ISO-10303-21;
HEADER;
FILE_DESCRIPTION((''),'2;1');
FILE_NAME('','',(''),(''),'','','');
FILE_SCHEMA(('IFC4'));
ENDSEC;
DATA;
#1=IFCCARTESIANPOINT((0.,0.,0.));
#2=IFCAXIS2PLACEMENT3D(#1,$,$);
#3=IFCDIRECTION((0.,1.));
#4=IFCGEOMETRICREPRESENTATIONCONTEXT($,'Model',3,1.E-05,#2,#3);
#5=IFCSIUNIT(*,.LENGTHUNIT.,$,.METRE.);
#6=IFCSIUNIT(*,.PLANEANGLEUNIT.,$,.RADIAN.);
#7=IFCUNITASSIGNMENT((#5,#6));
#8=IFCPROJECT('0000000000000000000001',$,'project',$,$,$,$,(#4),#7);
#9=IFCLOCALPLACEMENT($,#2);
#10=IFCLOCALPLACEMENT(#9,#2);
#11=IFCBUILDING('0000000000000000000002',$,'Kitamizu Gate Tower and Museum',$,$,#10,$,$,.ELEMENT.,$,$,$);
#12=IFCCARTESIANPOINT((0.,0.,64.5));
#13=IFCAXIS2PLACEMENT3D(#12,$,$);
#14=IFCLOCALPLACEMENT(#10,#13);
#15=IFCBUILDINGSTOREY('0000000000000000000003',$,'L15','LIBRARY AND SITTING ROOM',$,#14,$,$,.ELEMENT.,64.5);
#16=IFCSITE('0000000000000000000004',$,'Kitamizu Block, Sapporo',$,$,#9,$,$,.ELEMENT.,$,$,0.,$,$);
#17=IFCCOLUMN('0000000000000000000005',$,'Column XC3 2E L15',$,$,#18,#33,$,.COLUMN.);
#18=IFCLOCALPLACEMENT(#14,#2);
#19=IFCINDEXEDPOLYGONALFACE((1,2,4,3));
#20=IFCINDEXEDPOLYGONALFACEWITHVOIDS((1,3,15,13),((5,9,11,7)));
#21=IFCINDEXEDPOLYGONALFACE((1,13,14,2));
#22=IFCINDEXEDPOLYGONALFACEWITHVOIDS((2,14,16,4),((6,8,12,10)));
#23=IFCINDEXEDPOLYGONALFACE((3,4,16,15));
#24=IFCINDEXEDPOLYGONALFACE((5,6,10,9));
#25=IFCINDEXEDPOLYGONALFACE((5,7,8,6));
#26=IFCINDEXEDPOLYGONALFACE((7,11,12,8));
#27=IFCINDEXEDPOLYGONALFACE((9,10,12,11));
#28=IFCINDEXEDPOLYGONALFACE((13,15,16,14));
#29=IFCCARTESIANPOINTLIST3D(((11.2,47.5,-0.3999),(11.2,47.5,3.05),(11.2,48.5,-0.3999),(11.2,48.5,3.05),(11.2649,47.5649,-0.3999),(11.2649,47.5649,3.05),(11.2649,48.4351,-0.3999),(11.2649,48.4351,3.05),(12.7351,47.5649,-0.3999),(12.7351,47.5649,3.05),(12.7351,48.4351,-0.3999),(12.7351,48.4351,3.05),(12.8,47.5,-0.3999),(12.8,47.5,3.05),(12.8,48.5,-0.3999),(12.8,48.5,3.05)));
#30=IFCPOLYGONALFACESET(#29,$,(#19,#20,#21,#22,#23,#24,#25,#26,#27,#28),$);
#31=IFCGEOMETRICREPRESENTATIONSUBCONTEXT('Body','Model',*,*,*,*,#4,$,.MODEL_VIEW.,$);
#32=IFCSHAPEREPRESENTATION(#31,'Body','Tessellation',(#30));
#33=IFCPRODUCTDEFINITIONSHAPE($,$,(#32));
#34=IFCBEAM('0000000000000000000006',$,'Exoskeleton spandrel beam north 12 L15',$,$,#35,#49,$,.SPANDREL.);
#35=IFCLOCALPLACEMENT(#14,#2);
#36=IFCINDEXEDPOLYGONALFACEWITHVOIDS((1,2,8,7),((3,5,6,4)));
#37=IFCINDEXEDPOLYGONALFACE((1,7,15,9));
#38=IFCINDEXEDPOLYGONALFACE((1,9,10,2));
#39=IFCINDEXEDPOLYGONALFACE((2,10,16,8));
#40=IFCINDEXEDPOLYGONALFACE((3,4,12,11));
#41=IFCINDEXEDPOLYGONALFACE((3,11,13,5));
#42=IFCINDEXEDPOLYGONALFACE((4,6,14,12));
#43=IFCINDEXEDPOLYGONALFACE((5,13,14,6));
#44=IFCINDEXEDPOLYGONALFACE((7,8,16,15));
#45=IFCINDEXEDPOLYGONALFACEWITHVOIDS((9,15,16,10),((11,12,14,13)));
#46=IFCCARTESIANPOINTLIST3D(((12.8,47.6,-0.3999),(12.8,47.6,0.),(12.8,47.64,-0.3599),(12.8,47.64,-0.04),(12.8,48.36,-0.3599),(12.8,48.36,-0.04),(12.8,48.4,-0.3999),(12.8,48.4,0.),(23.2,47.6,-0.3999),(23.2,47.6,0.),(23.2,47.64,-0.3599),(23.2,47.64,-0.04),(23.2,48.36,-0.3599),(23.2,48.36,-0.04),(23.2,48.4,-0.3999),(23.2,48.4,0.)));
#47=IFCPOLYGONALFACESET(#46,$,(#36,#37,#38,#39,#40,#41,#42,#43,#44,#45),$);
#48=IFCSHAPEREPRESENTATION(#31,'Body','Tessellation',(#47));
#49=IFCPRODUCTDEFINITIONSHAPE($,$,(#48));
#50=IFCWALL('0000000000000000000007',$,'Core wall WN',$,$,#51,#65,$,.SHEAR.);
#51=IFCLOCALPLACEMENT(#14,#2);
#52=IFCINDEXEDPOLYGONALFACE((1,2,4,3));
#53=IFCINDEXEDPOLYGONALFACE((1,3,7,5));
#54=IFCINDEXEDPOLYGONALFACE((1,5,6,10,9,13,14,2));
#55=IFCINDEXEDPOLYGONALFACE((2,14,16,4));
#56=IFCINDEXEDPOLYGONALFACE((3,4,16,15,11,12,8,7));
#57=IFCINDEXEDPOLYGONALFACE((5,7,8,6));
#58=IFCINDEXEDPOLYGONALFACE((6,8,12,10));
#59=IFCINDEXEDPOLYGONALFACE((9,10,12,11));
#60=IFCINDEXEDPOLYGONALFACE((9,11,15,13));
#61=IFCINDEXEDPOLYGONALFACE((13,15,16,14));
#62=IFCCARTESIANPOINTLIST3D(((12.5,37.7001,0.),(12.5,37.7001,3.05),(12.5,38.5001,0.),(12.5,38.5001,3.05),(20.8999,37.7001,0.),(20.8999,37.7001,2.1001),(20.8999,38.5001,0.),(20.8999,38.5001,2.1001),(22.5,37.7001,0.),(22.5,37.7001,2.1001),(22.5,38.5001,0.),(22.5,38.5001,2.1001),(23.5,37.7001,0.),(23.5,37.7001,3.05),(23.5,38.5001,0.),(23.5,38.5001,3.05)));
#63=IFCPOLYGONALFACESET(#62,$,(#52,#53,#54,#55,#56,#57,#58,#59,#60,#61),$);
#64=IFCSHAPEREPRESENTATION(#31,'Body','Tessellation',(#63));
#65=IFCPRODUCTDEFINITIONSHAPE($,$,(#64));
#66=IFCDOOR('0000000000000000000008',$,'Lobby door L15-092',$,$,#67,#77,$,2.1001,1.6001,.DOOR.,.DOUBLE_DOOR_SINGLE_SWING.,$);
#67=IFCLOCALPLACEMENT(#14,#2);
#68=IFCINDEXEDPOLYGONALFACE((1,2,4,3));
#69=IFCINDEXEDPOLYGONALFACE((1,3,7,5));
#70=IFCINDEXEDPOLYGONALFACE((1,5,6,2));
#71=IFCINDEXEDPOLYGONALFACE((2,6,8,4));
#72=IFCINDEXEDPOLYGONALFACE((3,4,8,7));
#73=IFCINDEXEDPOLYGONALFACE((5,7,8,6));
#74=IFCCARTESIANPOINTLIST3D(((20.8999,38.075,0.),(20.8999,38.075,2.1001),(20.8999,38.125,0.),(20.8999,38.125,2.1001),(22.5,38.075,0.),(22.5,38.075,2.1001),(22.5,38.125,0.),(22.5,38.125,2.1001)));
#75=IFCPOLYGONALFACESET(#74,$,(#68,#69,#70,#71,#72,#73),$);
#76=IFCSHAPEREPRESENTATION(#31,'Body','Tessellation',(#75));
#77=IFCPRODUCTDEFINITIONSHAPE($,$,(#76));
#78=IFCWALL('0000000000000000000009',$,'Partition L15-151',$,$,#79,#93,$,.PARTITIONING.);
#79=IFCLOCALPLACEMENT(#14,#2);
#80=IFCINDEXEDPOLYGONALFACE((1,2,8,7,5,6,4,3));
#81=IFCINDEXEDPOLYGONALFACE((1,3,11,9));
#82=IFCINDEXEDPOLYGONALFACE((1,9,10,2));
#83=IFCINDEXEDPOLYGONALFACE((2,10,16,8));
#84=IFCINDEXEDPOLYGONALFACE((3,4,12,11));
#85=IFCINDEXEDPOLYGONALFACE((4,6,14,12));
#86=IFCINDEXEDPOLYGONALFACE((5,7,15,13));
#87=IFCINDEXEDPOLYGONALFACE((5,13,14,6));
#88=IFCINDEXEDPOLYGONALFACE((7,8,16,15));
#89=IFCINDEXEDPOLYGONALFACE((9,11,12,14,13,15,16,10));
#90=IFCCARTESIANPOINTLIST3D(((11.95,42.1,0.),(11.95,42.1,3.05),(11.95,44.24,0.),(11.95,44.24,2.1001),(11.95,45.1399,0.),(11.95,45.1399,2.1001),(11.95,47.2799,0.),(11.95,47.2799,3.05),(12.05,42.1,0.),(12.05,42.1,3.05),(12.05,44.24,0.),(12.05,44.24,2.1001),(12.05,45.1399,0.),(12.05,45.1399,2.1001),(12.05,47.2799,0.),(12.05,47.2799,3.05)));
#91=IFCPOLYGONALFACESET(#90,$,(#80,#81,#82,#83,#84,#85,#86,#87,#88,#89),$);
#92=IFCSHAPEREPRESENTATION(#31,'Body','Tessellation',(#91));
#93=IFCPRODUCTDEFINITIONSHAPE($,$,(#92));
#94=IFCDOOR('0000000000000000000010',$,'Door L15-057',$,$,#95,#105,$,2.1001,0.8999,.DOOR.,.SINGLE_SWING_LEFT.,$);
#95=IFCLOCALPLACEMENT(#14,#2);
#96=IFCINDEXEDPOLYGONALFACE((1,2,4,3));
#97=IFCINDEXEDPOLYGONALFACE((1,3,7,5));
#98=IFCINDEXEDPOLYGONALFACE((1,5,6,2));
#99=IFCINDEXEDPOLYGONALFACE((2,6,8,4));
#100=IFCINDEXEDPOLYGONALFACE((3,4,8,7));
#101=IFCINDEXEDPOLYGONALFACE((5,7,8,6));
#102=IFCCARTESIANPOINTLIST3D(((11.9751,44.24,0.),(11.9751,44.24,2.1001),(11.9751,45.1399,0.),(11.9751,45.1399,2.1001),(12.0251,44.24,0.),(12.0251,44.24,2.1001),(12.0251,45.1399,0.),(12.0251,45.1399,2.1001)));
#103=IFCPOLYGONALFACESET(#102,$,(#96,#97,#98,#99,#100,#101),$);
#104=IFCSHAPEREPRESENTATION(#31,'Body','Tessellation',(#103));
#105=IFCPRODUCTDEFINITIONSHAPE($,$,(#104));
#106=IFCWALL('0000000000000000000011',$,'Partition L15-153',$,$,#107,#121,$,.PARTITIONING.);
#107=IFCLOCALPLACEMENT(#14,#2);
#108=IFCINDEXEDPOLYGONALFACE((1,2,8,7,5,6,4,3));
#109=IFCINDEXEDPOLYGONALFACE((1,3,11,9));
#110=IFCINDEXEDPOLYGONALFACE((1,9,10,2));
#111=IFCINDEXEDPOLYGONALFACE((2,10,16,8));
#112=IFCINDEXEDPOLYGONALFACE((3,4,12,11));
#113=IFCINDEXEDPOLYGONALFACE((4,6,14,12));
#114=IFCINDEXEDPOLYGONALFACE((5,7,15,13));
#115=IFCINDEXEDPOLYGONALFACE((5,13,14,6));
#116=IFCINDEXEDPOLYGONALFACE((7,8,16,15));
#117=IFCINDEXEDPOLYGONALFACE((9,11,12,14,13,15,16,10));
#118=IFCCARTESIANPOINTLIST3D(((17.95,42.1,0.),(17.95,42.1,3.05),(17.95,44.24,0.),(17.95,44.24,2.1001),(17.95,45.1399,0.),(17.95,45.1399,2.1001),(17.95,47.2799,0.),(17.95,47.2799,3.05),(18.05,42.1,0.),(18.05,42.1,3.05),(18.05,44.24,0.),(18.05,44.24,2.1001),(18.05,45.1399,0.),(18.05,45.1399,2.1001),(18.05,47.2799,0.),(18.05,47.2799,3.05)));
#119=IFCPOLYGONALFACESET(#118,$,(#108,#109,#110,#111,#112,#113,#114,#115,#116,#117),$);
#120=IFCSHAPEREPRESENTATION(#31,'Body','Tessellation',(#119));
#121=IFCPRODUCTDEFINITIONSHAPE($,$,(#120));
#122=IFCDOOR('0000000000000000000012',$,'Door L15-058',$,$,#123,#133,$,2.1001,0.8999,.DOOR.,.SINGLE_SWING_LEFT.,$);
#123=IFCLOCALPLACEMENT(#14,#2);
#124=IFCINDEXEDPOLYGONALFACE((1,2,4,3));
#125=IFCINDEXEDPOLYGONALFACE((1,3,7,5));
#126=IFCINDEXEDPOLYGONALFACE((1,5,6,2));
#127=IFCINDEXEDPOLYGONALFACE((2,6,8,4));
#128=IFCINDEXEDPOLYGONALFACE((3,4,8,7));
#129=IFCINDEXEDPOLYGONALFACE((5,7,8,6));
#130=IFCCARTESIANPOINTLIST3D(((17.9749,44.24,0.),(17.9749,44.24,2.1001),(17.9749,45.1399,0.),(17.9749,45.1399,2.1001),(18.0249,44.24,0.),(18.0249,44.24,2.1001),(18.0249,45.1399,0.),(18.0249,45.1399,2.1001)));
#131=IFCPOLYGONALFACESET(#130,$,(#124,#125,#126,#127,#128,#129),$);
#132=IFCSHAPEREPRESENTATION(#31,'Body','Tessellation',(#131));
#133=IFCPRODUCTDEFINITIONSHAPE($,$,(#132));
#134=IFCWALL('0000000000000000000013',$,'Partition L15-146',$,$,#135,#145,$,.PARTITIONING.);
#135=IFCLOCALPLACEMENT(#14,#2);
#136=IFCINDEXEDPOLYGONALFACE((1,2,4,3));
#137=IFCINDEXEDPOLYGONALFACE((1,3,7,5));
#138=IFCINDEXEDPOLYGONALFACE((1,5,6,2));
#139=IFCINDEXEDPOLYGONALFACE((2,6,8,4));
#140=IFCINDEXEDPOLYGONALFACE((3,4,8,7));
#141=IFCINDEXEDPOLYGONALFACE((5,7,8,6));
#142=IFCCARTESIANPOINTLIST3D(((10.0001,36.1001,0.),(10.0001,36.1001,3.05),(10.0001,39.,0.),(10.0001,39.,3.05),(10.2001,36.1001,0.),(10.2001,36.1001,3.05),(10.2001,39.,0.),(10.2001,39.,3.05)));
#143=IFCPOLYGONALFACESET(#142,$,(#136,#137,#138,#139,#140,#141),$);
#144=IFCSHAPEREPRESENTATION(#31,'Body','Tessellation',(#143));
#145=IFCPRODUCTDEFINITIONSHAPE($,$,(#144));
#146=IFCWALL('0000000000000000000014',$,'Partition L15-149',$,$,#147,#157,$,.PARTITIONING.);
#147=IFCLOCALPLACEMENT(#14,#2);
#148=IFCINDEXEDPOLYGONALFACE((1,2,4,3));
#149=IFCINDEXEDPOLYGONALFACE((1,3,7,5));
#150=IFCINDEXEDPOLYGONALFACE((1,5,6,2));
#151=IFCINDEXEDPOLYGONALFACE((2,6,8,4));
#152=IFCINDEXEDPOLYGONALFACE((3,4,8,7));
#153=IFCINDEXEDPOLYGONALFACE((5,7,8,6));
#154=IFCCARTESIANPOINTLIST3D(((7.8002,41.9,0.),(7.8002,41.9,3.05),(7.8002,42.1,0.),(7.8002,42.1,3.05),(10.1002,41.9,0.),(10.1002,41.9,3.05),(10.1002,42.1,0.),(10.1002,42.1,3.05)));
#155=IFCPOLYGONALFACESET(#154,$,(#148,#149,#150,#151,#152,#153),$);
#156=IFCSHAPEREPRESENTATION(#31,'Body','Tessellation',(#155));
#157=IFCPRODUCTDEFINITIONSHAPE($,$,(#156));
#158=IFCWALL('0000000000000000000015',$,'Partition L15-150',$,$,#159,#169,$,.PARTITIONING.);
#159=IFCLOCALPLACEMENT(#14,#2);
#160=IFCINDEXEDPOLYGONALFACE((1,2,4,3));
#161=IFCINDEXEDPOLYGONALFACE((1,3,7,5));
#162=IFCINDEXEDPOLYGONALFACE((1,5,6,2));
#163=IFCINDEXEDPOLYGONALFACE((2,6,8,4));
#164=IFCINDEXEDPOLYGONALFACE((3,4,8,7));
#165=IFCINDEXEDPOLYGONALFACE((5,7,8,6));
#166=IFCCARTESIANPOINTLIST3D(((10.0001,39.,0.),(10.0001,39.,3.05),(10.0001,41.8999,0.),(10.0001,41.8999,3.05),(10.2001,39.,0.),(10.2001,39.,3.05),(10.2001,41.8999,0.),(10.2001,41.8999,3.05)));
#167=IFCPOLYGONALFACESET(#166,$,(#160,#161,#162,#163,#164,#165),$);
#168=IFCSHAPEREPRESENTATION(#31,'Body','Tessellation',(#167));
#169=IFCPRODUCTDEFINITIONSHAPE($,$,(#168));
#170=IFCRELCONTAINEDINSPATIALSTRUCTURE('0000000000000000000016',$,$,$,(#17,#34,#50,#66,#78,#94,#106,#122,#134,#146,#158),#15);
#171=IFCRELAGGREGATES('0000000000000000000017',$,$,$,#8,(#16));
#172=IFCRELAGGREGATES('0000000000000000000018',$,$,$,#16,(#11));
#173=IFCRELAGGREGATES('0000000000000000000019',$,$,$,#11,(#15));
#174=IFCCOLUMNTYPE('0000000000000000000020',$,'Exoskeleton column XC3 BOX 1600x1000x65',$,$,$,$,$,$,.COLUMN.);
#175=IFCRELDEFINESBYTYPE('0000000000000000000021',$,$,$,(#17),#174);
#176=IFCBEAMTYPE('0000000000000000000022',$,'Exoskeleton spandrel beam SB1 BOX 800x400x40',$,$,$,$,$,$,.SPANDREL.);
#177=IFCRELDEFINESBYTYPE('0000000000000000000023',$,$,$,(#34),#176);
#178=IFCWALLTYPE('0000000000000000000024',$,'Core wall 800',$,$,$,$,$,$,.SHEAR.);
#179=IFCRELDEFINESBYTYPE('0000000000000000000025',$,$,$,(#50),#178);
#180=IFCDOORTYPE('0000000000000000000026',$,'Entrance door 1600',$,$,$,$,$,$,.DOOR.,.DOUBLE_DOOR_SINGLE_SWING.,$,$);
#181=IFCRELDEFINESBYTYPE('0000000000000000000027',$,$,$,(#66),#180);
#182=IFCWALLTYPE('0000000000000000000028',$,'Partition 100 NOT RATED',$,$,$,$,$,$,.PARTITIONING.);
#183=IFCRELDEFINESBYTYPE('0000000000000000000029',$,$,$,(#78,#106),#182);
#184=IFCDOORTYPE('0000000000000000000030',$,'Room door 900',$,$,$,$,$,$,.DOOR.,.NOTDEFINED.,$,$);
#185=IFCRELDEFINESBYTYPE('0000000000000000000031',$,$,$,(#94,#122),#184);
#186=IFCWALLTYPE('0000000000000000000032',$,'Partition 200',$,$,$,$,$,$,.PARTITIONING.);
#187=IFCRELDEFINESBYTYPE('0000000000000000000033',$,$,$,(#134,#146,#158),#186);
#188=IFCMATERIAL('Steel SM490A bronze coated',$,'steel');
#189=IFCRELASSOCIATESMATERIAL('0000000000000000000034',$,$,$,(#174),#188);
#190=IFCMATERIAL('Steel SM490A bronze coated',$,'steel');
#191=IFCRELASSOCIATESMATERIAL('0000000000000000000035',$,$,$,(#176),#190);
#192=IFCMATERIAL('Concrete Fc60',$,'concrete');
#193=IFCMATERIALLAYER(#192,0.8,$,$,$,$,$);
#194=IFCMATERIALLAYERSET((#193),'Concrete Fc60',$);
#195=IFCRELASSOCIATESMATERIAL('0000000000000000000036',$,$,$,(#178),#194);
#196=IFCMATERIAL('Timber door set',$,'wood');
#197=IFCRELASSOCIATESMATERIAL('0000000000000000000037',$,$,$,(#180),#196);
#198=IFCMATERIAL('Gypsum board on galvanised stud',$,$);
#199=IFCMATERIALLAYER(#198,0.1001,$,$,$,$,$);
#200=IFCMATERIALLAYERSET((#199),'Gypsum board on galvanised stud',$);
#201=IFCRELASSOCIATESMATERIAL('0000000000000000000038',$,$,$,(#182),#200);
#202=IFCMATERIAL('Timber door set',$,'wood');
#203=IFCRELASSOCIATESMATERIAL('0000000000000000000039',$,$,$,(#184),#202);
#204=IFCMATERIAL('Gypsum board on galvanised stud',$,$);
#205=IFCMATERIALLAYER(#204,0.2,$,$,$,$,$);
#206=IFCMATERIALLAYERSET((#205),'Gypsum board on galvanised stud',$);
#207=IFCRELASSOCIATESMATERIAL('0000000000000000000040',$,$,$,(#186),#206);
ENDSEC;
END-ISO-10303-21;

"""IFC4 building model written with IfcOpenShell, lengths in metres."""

from ifc_helpers import new_model, si_unit, direction, frame, frame_2d, origin, origin_2d, place, context, subcontext, project, spatial, rectangle, hollow_rectangle, extrude, material, layer, layer_set, material_profile, profile_set, type_object, element, fill, save


model = new_model("IFC4")

# Units and contexts
model_context = context("Model", 3, precision=1e-05, world=origin(), true_north=direction((0.0, 1.0)))
body_context = subcontext(model_context, "Body", "Model", "MODEL_VIEW")
ifc_project = project(units=[si_unit("LENGTHUNIT", "METRE"), si_unit("PLANEANGLEUNIT", "RADIAN")], contexts=[model_context])

# Site, building, storey
site_placement = place(None, origin())
site = spatial("IfcSite", under=ifc_project, at=site_placement, Name="Kitamizu Block, Sapporo", CompositionType="ELEMENT", RefElevation=0.0)
building_placement = place(site_placement, origin())
building = spatial("IfcBuilding", under=site, at=building_placement, Name="Kitamizu Gate Tower and Museum", CompositionType="ELEMENT")
storey_placement = place(building_placement, frame((0.0, 0.0, 64.5)))
storey = spatial("IfcBuildingStorey", under=building, at=storey_placement, Name="L15", Description="LIBRARY AND SITTING ROOM", CompositionType="ELEMENT", Elevation=64.5)

# Column
ifc_material_1 = material(Name="Steel SM490A bronze coated", Category="steel")
ifc_material_profile_1 = material_profile(ifc_material_1, hollow_rectangle(XDim=1.6001, YDim=1.0, WallThickness=0.0649, at=origin_2d()), Name="BOX 1600x1000x65")
ifc_profile_set_1 = profile_set([ifc_material_profile_1], Name="Steel SM490A bronze coated")
column_type = type_object("IfcColumnType", Name="Exoskeleton column XC3 BOX 1600x1000x65", PredefinedType="COLUMN", material=ifc_profile_set_1)
column_placement = place(storey_placement, frame((12.0, 48.0, -0.3999), z_axis=(0.0, 0.0, 1.0), x_axis=(1.0, 0.0, 0.0)))
element("IfcColumn", 1, at=column_placement, inside=storey, type_object=column_type, Name="Column XC3 2E L15", PredefinedType="COLUMN", context=body_context, shape_type="SweptSolid", body=[
    extrude(hollow_rectangle(XDim=1.6001, YDim=1.0, WallThickness=0.0649, at=origin_2d()), origin(), (0.0, 0.0, 1.0), 3.45),
])

# Beam
ifc_material_2 = material(Name="Steel SM490A bronze coated", Category="steel")
ifc_material_profile_2 = material_profile(ifc_material_2, hollow_rectangle(XDim=0.8, YDim=0.3999, WallThickness=0.04, at=origin_2d()), Name="BOX 800x400x40")
ifc_profile_set_2 = profile_set([ifc_material_profile_2], Name="Steel SM490A bronze coated")
beam_type = type_object("IfcBeamType", Name="Exoskeleton spandrel beam SB1 BOX 800x400x40", PredefinedType="SPANDREL", material=ifc_profile_set_2)
beam_placement = place(storey_placement, frame((12.8, 48.0, -0.2), z_axis=(1.0, 0.0, 0.0), x_axis=(0.0, 1.0, 0.0)))
element("IfcBeam", 2, at=beam_placement, inside=storey, type_object=beam_type, Name="Exoskeleton spandrel beam north 12 L15", PredefinedType="SPANDREL", context=body_context, shape_type="SweptSolid", body=[
    extrude(hollow_rectangle(XDim=0.8, YDim=0.3999, WallThickness=0.04, at=origin_2d()), origin(), (0.0, 0.0, 1.0), 10.3999),
])

# Walls, openings, doors
ifc_material_3 = material(Name="Concrete Fc60", Category="concrete")
ifc_layer_1 = layer(ifc_material_3, 0.8)
ifc_layer_set_1 = layer_set([ifc_layer_1], Name="Concrete Fc60")
wall_type_1 = type_object("IfcWallType", Name="Core wall 800", PredefinedType="SHEAR", material=ifc_layer_set_1)
wall_1_placement = place(storey_placement, frame((12.5, 38.1001, 0.0), z_axis=(0.0, 0.0, 1.0), x_axis=(1.0, 0.0, 0.0)))
wall_1 = element("IfcWall", 3, at=wall_1_placement, inside=storey, type_object=wall_type_1, Name="Core wall WN", PredefinedType="SHEAR", context=body_context, shape_type="SweptSolid", body=[
    extrude(rectangle(XDim=11.0, YDim=0.8, at=frame_2d((5.5, 0.0))), origin(), (0.0, 0.0, 1.0), 3.05),
])
opening_1_placement = place(wall_1_placement, frame((8.3999, 0.0, 0.0)))
opening_1 = element("IfcOpeningElement", 4, at=opening_1_placement, cuts=wall_1, PredefinedType="OPENING", context=body_context, shape_type="SweptSolid", body=[
    extrude(rectangle(XDim=1.6001, YDim=2.1001, at=frame_2d((0.8, 1.05))), frame((0.0, 0.4102, 0.0), z_axis=(0.0, -1.0, 0.0), x_axis=(1.0, 0.0, 0.0)), (0.0, 0.0, 1.0), 0.8201),
])
ifc_material_4 = material(Name="Timber door set", Category="wood")
door_type_1 = type_object("IfcDoorType", Name="Entrance door 1600", OperationType="DOUBLE_DOOR_SINGLE_SWING", PredefinedType="DOOR", material=ifc_material_4)
door_1_placement = place(opening_1_placement, origin())
door_1 = element("IfcDoor", 5, at=door_1_placement, inside=storey, type_object=door_type_1, Name="Lobby door L15-092", OperationType="DOUBLE_DOOR_SINGLE_SWING", OverallHeight=2.1001, OverallWidth=1.6001, PredefinedType="DOOR", context=body_context, shape_type="SweptSolid", body=[
    extrude(rectangle(XDim=1.6001, YDim=2.1001, at=frame_2d((0.8, 1.05))), frame((0.0, 0.0249, 0.0), z_axis=(0.0, -1.0, 0.0), x_axis=(1.0, 0.0, 0.0)), (0.0, 0.0, 1.0), 0.05),
])
fill(opening_1, door_1)
ifc_material_5 = material(Name="Gypsum board on galvanised stud")
ifc_layer_2 = layer(ifc_material_5, 0.1001)
ifc_layer_set_2 = layer_set([ifc_layer_2], Name="Gypsum board on galvanised stud")
wall_type_2 = type_object("IfcWallType", Name="Partition 100 NOT RATED", PredefinedType="PARTITIONING", material=ifc_layer_set_2)
wall_2_placement = place(storey_placement, frame((12.0, 42.1001, 0.0), z_axis=(0.0, 0.0, 1.0), x_axis=(0.0, 1.0, 0.0)))
wall_2 = element("IfcWall", 6, at=wall_2_placement, inside=storey, type_object=wall_type_2, Name="Partition L15-151", PredefinedType="PARTITIONING", context=body_context, shape_type="SweptSolid", body=[
    extrude(rectangle(XDim=5.1799, YDim=0.1001, at=frame_2d((2.5898, 0.0))), origin(), (0.0, 0.0, 1.0), 3.05),
])
opening_2_placement = place(wall_2_placement, frame((2.1399, 0.0, 0.0)))
opening_2 = element("IfcOpeningElement", 7, at=opening_2_placement, cuts=wall_2, PredefinedType="OPENING", context=body_context, shape_type="SweptSolid", body=[
    extrude(rectangle(XDim=0.8999, YDim=2.1001, at=frame_2d((0.45, 1.05))), frame((0.0, 0.0601, 0.0), z_axis=(0.0, -1.0, 0.0), x_axis=(1.0, 0.0, 0.0)), (0.0, 0.0, 1.0), 0.1201),
])
ifc_material_6 = material(Name="Timber door set", Category="wood")
door_type_2 = type_object("IfcDoorType", Name="Room door 900", OperationType="NOTDEFINED", PredefinedType="DOOR", material=ifc_material_6)
door_2_placement = place(opening_2_placement, origin())
door_2 = element("IfcDoor", 8, at=door_2_placement, inside=storey, type_object=door_type_2, Name="Door L15-057", OperationType="SINGLE_SWING_LEFT", OverallHeight=2.1001, OverallWidth=0.8999, PredefinedType="DOOR", context=body_context, shape_type="SweptSolid", body=[
    extrude(rectangle(XDim=0.8999, YDim=2.1001, at=frame_2d((0.45, 1.05))), frame((0.0, 0.0249, 0.0), z_axis=(0.0, -1.0, 0.0), x_axis=(1.0, 0.0, 0.0)), (0.0, 0.0, 1.0), 0.05),
])
fill(opening_2, door_2)
wall_3_placement = place(storey_placement, frame((18.0, 42.1001, 0.0), z_axis=(0.0, 0.0, 1.0), x_axis=(0.0, 1.0, 0.0)))
wall_3 = element("IfcWall", 9, at=wall_3_placement, inside=storey, type_object=wall_type_2, Name="Partition L15-153", PredefinedType="PARTITIONING", context=body_context, shape_type="SweptSolid", body=[
    extrude(rectangle(XDim=5.1799, YDim=0.1001, at=frame_2d((2.5898, 0.0))), origin(), (0.0, 0.0, 1.0), 3.05),
])
opening_3_placement = place(wall_3_placement, frame((2.1399, 0.0, 0.0)))
opening_3 = element("IfcOpeningElement", 10, at=opening_3_placement, cuts=wall_3, PredefinedType="OPENING", context=body_context, shape_type="SweptSolid", body=[
    extrude(rectangle(XDim=0.8999, YDim=2.1001, at=frame_2d((0.45, 1.05))), frame((0.0, 0.0601, 0.0), z_axis=(0.0, -1.0, 0.0), x_axis=(1.0, 0.0, 0.0)), (0.0, 0.0, 1.0), 0.1201),
])
door_3_placement = place(opening_3_placement, frame((0.8999, 0.0, 0.0), x_axis=(-1.0, 0.0, 0.0)))
door_3 = element("IfcDoor", 11, at=door_3_placement, inside=storey, type_object=door_type_2, Name="Door L15-058", OperationType="SINGLE_SWING_LEFT", OverallHeight=2.1001, OverallWidth=0.8999, PredefinedType="DOOR", context=body_context, shape_type="SweptSolid", body=[
    extrude(rectangle(XDim=0.8999, YDim=2.1001, at=frame_2d((0.45, 1.05))), frame((0.0, 0.0249, 0.0), z_axis=(0.0, -1.0, 0.0), x_axis=(1.0, 0.0, 0.0)), (0.0, 0.0, 1.0), 0.05),
])
fill(opening_3, door_3)

# Walls
ifc_material_7 = material(Name="Gypsum board on galvanised stud")
ifc_layer_3 = layer(ifc_material_7, 0.2)
ifc_layer_set_3 = layer_set([ifc_layer_3], Name="Gypsum board on galvanised stud")
wall_type_3 = type_object("IfcWallType", Name="Partition 200", PredefinedType="PARTITIONING", material=ifc_layer_set_3)
wall_4_placement = place(storey_placement, frame((10.1001, 36.1001, 0.0), z_axis=(0.0, 0.0, 1.0), x_axis=(0.0, 1.0, 0.0)))
element("IfcWall", 12, at=wall_4_placement, inside=storey, type_object=wall_type_3, Name="Partition L15-146", PredefinedType="PARTITIONING", context=body_context, shape_type="SweptSolid", body=[
    extrude(rectangle(XDim=2.8999, YDim=0.2, at=frame_2d((1.45, 0.0))), origin(), (0.0, 0.0, 1.0), 3.05),
])
wall_5_placement = place(storey_placement, frame((10.1001, 42.0, 0.0), z_axis=(0.0, 0.0, 1.0), x_axis=(-1.0, 0.0, 0.0)))
element("IfcWall", 13, at=wall_5_placement, inside=storey, type_object=wall_type_3, Name="Partition L15-149", PredefinedType="PARTITIONING", context=body_context, shape_type="SweptSolid", body=[
    extrude(rectangle(XDim=2.3, YDim=0.2, at=frame_2d((1.1499, 0.0))), origin(), (0.0, 0.0, 1.0), 3.05),
])
wall_6_placement = place(storey_placement, frame((10.1001, 39.0, 0.0), z_axis=(0.0, 0.0, 1.0), x_axis=(0.0, 1.0, 0.0)))
element("IfcWall", 14, at=wall_6_placement, inside=storey, type_object=wall_type_3, Name="Partition L15-150", PredefinedType="PARTITIONING", context=body_context, shape_type="SweptSolid", body=[
    extrude(rectangle(XDim=2.8999, YDim=0.2, at=frame_2d((1.45, 0.0))), origin(), (0.0, 0.0, 1.0), 3.05),
])

save(model, "model.ifc")
